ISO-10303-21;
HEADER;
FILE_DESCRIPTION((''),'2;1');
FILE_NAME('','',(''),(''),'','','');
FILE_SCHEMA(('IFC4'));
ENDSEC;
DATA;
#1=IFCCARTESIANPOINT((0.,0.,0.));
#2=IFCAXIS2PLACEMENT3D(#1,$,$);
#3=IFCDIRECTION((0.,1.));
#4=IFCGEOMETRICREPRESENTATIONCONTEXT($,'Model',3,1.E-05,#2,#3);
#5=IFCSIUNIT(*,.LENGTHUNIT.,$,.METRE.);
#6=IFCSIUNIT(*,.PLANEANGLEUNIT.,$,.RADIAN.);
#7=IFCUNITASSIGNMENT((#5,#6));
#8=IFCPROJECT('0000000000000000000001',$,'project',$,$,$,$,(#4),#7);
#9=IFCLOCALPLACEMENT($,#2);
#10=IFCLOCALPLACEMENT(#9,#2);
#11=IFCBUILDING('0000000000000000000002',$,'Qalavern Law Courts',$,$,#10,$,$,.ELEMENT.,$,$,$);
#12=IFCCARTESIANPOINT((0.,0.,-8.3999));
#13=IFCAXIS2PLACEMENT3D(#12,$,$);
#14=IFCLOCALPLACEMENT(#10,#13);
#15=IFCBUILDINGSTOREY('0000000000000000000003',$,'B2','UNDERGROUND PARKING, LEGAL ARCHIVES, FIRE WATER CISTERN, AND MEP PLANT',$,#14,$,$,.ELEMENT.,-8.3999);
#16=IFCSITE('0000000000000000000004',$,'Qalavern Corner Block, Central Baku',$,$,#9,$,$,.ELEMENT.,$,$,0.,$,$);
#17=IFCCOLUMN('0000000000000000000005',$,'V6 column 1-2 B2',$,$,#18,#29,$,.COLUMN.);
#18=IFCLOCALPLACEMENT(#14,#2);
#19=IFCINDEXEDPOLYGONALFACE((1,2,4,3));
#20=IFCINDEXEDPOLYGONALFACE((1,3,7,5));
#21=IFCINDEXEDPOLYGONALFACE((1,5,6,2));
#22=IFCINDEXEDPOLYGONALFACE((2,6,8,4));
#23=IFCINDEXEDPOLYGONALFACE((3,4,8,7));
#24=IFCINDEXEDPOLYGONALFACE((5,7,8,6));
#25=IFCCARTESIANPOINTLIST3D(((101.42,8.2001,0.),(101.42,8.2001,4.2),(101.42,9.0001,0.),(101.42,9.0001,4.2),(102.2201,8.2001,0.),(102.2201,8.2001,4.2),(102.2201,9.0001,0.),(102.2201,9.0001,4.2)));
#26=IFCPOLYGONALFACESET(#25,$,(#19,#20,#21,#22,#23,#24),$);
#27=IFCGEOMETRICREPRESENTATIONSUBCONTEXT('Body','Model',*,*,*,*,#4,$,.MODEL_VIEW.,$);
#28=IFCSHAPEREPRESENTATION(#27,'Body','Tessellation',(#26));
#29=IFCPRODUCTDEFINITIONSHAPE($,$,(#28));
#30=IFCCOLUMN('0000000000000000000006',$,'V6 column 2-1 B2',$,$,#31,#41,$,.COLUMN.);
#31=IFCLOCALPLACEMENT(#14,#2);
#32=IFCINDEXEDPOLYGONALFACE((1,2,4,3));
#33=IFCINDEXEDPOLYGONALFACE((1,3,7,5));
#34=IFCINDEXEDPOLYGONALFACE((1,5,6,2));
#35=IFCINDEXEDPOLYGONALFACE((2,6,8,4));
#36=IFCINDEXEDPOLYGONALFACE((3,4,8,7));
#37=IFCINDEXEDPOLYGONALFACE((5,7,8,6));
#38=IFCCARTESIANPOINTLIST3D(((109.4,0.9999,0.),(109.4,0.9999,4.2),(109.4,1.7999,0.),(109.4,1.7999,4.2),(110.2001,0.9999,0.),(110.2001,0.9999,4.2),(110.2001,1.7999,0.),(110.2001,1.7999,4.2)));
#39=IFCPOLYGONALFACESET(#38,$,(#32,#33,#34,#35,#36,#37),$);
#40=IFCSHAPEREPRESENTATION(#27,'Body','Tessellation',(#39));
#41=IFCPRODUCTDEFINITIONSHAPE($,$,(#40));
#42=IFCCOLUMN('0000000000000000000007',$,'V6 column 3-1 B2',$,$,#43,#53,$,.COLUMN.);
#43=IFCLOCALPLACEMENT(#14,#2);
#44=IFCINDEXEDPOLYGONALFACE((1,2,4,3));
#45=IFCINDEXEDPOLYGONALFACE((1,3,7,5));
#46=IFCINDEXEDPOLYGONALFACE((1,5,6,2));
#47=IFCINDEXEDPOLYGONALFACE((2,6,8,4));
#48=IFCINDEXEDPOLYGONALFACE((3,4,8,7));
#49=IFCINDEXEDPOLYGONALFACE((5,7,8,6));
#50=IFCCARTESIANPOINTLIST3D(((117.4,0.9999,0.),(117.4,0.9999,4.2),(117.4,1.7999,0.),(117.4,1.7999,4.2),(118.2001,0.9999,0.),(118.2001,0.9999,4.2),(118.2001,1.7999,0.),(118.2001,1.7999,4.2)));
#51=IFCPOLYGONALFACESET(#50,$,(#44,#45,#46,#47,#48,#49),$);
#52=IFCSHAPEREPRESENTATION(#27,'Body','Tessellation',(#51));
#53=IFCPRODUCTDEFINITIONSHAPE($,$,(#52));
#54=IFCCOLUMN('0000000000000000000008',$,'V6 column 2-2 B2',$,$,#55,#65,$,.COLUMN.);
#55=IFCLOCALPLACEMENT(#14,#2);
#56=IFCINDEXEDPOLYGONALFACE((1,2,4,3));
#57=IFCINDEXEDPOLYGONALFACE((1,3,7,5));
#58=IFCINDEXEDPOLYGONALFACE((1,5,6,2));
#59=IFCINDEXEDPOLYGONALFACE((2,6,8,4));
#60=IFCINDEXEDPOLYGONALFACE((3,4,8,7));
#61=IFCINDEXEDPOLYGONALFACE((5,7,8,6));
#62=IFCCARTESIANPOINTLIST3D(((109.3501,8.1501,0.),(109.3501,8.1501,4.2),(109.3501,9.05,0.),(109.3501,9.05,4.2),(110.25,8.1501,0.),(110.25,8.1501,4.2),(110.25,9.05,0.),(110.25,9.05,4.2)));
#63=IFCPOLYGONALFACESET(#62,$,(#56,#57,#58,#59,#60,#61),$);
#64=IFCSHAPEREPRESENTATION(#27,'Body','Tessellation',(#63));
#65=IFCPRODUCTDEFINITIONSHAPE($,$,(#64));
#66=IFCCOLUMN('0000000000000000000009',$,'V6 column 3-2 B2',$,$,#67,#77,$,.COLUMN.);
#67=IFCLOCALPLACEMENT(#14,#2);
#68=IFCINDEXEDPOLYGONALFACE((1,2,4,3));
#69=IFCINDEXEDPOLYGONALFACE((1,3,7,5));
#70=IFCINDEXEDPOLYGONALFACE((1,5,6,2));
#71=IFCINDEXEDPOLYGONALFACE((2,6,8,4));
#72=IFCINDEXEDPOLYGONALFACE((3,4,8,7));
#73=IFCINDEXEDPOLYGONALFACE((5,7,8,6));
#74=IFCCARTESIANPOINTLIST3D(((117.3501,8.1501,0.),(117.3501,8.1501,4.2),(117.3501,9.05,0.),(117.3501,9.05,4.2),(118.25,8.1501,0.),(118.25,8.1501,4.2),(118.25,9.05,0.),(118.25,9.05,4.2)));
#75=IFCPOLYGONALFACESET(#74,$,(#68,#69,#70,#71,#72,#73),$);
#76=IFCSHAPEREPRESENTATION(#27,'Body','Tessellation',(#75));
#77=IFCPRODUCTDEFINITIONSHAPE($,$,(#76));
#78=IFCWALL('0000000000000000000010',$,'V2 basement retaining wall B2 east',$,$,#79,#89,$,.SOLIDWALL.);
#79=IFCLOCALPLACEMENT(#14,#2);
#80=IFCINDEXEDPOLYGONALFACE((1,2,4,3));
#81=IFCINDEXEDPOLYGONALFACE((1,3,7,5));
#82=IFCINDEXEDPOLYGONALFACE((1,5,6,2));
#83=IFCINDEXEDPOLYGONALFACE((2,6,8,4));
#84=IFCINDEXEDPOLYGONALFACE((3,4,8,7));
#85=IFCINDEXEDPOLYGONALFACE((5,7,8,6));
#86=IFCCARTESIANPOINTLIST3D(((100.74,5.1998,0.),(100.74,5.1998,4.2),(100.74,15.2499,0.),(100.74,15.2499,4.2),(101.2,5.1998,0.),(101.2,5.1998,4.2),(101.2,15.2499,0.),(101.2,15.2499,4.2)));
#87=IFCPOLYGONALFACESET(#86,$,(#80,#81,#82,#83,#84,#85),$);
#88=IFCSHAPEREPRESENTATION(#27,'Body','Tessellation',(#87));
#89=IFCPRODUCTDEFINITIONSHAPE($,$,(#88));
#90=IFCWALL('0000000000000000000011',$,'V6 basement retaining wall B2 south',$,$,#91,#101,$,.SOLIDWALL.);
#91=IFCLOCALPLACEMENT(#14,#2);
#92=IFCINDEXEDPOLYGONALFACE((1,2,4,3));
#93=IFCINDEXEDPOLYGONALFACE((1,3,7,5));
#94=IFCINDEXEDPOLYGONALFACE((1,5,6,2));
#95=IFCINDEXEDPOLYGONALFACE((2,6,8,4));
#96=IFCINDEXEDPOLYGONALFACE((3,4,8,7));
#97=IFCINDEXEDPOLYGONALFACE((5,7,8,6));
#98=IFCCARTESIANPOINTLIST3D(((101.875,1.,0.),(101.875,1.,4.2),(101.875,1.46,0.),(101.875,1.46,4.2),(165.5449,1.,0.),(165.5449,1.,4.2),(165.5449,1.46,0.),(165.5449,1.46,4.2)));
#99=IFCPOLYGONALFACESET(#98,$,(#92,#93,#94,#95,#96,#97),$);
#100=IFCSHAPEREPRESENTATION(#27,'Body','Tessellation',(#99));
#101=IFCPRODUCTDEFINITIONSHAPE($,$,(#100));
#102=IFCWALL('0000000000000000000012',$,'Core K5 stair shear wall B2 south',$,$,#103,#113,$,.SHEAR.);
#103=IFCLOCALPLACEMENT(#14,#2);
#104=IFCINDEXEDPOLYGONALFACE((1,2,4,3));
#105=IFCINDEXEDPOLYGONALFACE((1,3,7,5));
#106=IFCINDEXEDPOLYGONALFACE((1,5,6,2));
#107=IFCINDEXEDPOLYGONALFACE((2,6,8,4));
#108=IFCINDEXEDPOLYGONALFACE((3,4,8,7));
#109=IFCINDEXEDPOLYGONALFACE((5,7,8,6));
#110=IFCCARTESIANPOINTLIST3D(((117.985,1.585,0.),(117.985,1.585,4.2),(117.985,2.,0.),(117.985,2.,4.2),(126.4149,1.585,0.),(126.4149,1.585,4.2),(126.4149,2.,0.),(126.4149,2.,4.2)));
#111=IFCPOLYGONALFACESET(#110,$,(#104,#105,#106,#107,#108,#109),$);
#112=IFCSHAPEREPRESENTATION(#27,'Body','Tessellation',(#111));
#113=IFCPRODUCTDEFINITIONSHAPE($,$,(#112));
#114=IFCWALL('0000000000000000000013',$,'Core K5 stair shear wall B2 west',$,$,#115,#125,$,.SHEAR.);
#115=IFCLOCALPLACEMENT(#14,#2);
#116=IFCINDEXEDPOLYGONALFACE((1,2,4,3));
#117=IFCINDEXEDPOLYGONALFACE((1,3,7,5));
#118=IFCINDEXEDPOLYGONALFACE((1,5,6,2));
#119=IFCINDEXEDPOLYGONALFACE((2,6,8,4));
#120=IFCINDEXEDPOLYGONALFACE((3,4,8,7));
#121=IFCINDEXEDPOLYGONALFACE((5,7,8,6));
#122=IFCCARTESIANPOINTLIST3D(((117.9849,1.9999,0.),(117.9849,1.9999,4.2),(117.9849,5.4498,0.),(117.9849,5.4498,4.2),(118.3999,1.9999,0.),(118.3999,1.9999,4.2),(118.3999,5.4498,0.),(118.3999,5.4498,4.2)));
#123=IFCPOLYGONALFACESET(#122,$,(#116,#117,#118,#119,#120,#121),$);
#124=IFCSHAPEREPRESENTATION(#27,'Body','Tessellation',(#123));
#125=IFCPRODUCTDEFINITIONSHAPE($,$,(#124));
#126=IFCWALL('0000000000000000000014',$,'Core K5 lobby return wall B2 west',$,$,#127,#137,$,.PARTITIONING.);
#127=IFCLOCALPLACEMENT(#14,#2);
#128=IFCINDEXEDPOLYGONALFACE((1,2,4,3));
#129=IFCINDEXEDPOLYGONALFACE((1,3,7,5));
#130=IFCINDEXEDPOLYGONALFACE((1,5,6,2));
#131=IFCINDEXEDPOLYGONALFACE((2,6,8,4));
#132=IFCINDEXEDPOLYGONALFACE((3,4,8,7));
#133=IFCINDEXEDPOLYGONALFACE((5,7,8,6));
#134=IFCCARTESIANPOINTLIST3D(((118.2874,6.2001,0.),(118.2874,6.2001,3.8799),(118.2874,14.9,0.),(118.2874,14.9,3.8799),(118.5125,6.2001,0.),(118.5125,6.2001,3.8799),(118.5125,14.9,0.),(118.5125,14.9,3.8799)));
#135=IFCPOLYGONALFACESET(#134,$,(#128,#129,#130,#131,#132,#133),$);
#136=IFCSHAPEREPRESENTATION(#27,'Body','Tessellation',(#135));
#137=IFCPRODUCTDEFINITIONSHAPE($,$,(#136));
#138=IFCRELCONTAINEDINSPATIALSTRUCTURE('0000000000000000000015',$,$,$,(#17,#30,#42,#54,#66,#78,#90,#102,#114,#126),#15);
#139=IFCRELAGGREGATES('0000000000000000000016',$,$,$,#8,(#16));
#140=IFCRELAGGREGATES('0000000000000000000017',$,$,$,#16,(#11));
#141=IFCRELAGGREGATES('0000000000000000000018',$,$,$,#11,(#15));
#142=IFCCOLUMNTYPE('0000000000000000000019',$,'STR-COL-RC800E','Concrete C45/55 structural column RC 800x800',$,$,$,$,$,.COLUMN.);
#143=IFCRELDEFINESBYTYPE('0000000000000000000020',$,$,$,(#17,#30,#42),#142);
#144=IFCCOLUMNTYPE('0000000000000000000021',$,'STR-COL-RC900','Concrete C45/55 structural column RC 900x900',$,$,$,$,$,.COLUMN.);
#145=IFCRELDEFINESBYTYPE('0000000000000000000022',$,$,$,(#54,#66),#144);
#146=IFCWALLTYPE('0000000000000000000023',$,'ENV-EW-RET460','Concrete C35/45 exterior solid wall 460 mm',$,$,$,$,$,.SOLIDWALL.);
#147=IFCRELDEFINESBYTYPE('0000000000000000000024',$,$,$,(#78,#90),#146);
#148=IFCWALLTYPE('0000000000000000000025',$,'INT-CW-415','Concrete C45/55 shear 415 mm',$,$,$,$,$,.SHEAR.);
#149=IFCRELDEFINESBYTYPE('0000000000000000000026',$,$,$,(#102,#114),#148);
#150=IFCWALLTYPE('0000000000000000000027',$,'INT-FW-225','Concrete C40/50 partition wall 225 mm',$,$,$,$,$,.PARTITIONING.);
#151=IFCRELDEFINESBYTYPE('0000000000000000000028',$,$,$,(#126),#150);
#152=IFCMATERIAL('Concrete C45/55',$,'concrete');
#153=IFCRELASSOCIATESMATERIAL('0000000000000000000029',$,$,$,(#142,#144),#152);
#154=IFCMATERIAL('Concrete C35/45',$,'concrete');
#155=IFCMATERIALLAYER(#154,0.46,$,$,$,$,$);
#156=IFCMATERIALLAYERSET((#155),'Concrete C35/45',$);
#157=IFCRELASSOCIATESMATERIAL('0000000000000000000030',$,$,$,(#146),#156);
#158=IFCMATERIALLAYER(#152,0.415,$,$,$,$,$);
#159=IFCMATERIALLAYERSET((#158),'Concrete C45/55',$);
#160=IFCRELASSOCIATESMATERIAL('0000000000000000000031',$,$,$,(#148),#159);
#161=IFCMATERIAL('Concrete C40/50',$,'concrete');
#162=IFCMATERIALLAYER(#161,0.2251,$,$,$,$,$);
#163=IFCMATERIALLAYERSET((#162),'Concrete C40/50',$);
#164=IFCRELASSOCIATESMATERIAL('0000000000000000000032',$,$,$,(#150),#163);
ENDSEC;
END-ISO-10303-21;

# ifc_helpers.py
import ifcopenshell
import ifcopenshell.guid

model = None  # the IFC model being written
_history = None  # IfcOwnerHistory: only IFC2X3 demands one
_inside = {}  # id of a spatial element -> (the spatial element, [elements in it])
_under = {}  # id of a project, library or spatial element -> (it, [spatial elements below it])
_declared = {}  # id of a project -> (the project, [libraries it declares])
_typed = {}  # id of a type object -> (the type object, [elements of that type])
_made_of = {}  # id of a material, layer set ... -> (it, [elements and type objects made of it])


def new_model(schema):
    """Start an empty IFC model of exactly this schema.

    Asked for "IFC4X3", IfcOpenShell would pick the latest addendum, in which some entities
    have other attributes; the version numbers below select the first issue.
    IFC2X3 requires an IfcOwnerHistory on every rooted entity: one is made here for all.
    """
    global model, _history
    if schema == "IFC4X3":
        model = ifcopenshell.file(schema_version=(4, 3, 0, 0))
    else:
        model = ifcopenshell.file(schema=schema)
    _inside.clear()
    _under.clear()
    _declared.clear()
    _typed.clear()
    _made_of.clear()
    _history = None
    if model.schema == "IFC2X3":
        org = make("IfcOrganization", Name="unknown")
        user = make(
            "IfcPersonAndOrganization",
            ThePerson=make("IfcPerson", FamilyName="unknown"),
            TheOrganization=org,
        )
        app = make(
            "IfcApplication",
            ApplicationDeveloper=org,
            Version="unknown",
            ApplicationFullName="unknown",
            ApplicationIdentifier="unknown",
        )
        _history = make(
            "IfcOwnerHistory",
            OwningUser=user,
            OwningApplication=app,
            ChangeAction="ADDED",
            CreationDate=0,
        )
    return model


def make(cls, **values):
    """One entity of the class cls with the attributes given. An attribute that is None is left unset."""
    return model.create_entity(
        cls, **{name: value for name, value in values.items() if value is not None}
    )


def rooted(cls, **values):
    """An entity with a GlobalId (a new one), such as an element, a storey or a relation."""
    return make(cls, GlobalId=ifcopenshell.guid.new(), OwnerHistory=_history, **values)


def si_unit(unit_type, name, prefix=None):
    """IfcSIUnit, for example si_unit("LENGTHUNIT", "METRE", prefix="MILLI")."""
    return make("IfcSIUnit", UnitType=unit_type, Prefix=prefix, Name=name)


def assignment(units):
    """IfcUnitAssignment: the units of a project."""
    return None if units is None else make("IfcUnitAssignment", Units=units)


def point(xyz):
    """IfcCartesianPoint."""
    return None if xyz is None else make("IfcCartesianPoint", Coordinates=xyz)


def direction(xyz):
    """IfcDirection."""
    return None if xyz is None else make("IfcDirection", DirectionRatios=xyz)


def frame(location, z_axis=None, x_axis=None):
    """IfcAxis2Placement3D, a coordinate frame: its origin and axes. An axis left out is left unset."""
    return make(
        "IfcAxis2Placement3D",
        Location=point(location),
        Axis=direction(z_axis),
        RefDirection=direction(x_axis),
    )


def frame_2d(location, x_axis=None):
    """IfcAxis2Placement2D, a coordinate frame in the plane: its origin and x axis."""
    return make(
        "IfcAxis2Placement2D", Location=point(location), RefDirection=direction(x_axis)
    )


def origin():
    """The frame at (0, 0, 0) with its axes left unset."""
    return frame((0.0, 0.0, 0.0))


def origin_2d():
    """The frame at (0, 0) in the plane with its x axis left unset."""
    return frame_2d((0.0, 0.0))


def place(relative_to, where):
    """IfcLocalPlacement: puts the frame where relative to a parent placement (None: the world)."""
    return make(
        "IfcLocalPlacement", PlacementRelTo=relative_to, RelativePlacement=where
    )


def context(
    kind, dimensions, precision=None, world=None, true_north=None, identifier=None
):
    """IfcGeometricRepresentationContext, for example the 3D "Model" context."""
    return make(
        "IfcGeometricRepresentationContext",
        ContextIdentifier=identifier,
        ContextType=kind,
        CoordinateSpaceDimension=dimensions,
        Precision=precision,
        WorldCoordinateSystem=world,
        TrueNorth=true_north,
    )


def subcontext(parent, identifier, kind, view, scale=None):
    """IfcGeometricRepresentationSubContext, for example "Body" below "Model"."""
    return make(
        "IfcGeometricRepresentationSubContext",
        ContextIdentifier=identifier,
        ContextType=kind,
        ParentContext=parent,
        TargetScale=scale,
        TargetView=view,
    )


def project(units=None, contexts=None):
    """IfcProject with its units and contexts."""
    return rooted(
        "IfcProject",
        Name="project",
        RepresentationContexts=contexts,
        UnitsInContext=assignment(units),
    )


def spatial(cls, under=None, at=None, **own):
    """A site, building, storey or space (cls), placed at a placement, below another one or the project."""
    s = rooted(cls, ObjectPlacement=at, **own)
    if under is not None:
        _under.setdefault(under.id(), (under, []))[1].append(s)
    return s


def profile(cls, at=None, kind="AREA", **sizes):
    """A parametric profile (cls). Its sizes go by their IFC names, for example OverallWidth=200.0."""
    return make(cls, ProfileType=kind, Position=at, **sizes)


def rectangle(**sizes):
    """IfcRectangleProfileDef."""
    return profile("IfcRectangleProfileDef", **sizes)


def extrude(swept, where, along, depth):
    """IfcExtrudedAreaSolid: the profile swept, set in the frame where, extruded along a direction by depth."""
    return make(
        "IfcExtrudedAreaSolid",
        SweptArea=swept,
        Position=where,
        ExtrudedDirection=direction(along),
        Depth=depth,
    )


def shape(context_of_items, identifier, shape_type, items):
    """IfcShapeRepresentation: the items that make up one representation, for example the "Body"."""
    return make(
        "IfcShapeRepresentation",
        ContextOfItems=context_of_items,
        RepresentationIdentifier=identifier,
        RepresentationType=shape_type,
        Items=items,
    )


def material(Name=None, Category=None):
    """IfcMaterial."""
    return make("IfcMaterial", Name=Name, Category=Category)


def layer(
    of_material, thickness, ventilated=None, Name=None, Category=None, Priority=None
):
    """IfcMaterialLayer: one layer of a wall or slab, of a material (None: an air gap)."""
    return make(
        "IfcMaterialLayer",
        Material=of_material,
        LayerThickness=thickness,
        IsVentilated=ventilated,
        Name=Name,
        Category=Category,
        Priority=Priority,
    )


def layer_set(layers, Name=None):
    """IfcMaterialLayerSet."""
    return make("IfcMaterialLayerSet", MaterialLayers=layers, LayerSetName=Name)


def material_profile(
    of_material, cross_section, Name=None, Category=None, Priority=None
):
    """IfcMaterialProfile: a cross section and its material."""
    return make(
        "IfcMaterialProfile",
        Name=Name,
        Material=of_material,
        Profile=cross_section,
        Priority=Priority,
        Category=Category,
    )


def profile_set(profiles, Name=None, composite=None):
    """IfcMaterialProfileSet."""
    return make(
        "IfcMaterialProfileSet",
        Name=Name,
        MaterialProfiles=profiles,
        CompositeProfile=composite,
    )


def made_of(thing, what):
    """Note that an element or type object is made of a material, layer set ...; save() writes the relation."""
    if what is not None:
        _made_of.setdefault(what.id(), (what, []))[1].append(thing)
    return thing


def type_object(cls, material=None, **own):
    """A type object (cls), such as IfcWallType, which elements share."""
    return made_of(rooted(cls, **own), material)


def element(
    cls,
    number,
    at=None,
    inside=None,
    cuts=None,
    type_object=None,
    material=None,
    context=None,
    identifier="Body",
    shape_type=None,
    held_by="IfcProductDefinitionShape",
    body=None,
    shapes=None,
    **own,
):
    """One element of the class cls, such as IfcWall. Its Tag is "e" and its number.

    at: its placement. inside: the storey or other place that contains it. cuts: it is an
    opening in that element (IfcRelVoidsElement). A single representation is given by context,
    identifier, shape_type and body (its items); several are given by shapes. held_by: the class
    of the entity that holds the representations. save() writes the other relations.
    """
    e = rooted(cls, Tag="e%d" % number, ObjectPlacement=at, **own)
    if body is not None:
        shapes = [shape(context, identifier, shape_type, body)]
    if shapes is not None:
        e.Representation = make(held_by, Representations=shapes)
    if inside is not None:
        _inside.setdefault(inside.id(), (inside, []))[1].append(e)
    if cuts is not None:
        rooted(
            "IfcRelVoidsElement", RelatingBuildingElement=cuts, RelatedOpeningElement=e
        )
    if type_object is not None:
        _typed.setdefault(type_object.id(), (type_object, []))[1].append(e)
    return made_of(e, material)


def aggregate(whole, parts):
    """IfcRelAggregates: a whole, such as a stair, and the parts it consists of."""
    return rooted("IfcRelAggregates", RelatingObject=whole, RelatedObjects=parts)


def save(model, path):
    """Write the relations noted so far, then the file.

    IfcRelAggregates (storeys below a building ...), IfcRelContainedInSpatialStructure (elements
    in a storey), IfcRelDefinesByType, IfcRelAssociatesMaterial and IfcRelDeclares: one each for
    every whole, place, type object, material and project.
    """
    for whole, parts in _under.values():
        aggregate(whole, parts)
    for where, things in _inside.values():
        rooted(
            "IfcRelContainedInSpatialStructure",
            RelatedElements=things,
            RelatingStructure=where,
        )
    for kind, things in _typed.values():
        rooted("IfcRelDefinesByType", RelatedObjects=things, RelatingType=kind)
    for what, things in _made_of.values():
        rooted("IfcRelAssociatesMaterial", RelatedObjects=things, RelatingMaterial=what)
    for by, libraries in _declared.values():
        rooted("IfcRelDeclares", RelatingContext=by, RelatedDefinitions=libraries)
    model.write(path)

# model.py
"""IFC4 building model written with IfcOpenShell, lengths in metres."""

from ifc_helpers import new_model, si_unit, direction, frame, frame_2d, origin, origin_2d, place, context, subcontext, project, spatial, rectangle, extrude, material, layer, layer_set, material_profile, profile_set, type_object, element, save


model = new_model("IFC4")

# Units and contexts
model_context = context("Model", 3, precision=1e-05, world=origin(), true_north=direction((0.0, 1.0)))
body_context = subcontext(model_context, "Body", "Model", "MODEL_VIEW")
ifc_project = project(units=[si_unit("LENGTHUNIT", "METRE"), si_unit("PLANEANGLEUNIT", "RADIAN")], contexts=[model_context])

# Site, building, storey
site_placement = place(None, origin())
site = spatial("IfcSite", under=ifc_project, at=site_placement, Name="Qalavern Corner Block, Central Baku", CompositionType="ELEMENT", RefElevation=0.0)
building_placement = place(site_placement, origin())
building = spatial("IfcBuilding", under=site, at=building_placement, Name="Qalavern Law Courts", CompositionType="ELEMENT")
storey_placement = place(building_placement, frame((0.0, 0.0, -8.3999)))
storey = spatial("IfcBuildingStorey", under=building, at=storey_placement, Name="B2", Description="UNDERGROUND PARKING, LEGAL ARCHIVES, FIRE WATER CISTERN, AND MEP PLANT", CompositionType="ELEMENT", Elevation=-8.3999)

# Shared definitions
ifc_material_1 = material(Name="Concrete C35/45", Category="concrete")

# Columns
ifc_material_2 = material(Name="Concrete C45/55", Category="concrete")
ifc_material_profile_1 = material_profile(ifc_material_2, rectangle(XDim=0.8, YDim=0.8, at=origin_2d()), Name="RC 800x800")
ifc_profile_set_1 = profile_set([ifc_material_profile_1], Name="Concrete C45/55")
column_type_1 = type_object("IfcColumnType", Name="STR-COL-RC800E", Description="Concrete C45/55 structural column RC 800x800", PredefinedType="COLUMN", material=ifc_profile_set_1)
for number, where, z_axis, x_axis, name in (
    (1, (101.8201, 8.6001, 0.0), (0.0, 0.0, 1.0), (1.0, 0.0, 0.0), "V6 column 1-2 B2"),
    (2, (109.8, 1.3999, 0.0), (0.0, 0.0, 1.0), (1.0, 0.0, 0.0), "V6 column 2-1 B2"),
    (3, (117.8, 1.3999, 0.0), (0.0, 0.0, 1.0), (1.0, 0.0, 0.0), "V6 column 3-1 B2"),
):
    element("IfcColumn", number, at=place(storey_placement, frame(where, z_axis=z_axis, x_axis=x_axis)), inside=storey, type_object=column_type_1, Name=name, PredefinedType="COLUMN", context=body_context, shape_type="SweptSolid", body=[
        extrude(rectangle(XDim=0.8, YDim=0.8, at=origin_2d()), origin(), (0.0, 0.0, 1.0), 4.2),
    ])
ifc_material_profile_2 = material_profile(ifc_material_2, rectangle(XDim=0.8999, YDim=0.8999, at=origin_2d()), Name="RC 900x900")
ifc_profile_set_2 = profile_set([ifc_material_profile_2], Name="Concrete C45/55")
column_type_2 = type_object("IfcColumnType", Name="STR-COL-RC900", Description="Concrete C45/55 structural column RC 900x900", PredefinedType="COLUMN", material=ifc_profile_set_2)
for number, where, z_axis, x_axis, name in (
    (4, (109.8, 8.6001, 0.0), (0.0, 0.0, 1.0), (1.0, 0.0, 0.0), "V6 column 2-2 B2"),
    (5, (117.8, 8.6001, 0.0), (0.0, 0.0, 1.0), (1.0, 0.0, 0.0), "V6 column 3-2 B2"),
):
    element("IfcColumn", number, at=place(storey_placement, frame(where, z_axis=z_axis, x_axis=x_axis)), inside=storey, type_object=column_type_2, Name=name, PredefinedType="COLUMN", context=body_context, shape_type="SweptSolid", body=[
        extrude(rectangle(XDim=0.8999, YDim=0.8999, at=origin_2d()), origin(), (0.0, 0.0, 1.0), 4.2),
    ])

# Walls
ifc_layer_1 = layer(ifc_material_1, 0.46)
ifc_layer_set_1 = layer_set([ifc_layer_1], Name="Concrete C35/45")
wall_type_1 = type_object("IfcWallType", Name="ENV-EW-RET460", Description="Concrete C35/45 exterior solid wall 460 mm", PredefinedType="SOLIDWALL", material=ifc_layer_set_1)
wall_1_placement = place(storey_placement, frame((100.97, 5.2, 0.0), z_axis=(0.0, 0.0, 1.0), x_axis=(0.0, 1.0, 0.0)))
element("IfcWall", 6, at=wall_1_placement, inside=storey, type_object=wall_type_1, Name="V2 basement retaining wall B2 east", PredefinedType="SOLIDWALL", context=body_context, shape_type="SweptSolid", body=[
    extrude(rectangle(XDim=10.05, YDim=0.46, at=frame_2d((5.0249, 0.0))), origin(), (0.0, 0.0, 1.0), 4.2),
])
wall_2_placement = place(storey_placement, frame((101.875, 1.23, 0.0), z_axis=(0.0, 0.0, 1.0), x_axis=(1.0, 0.0, 0.0)))
element("IfcWall", 7, at=wall_2_placement, inside=storey, type_object=wall_type_1, Name="V6 basement retaining wall B2 south", PredefinedType="SOLIDWALL", context=body_context, shape_type="SweptSolid", body=[
    extrude(rectangle(XDim=63.6699, YDim=0.46, at=frame_2d((31.835, 0.0))), origin(), (0.0, 0.0, 1.0), 4.2),
])
ifc_layer_2 = layer(ifc_material_2, 0.415)
ifc_layer_set_2 = layer_set([ifc_layer_2], Name="Concrete C45/55")
wall_type_2 = type_object("IfcWallType", Name="INT-CW-415", Description="Concrete C45/55 shear 415 mm", PredefinedType="SHEAR", material=ifc_layer_set_2)
wall_3_placement = place(storey_placement, frame((117.9851, 1.7925, 0.0), z_axis=(0.0, 0.0, 1.0), x_axis=(1.0, 0.0, 0.0)))
element("IfcWall", 8, at=wall_3_placement, inside=storey, type_object=wall_type_2, Name="Core K5 stair shear wall B2 south", PredefinedType="SHEAR", context=body_context, shape_type="SweptSolid", body=[
    extrude(rectangle(XDim=8.4299, YDim=0.415, at=frame_2d((4.2148, 0.0))), origin(), (0.0, 0.0, 1.0), 4.2),
])
wall_4_placement = place(storey_placement, frame((118.1924, 5.45, 0.0), z_axis=(0.0, 0.0, 1.0), x_axis=(0.0, -1.0, 0.0)))
element("IfcWall", 9, at=wall_4_placement, inside=storey, type_object=wall_type_2, Name="Core K5 stair shear wall B2 west", PredefinedType="SHEAR", context=body_context, shape_type="SweptSolid", body=[
    extrude(rectangle(XDim=3.45, YDim=0.415, at=frame_2d((1.7251, 0.0))), origin(), (0.0, 0.0, 1.0), 4.2),
])
ifc_material_3 = material(Name="Concrete C40/50", Category="concrete")
ifc_layer_3 = layer(ifc_material_3, 0.2251)
ifc_layer_set_3 = layer_set([ifc_layer_3], Name="Concrete C40/50")
wall_type_3 = type_object("IfcWallType", Name="INT-FW-225", Description="Concrete C40/50 partition wall 225 mm", PredefinedType="PARTITIONING", material=ifc_layer_set_3)
wall_5_placement = place(storey_placement, frame((118.3999, 6.2, 0.0), z_axis=(0.0, 0.0, 1.0), x_axis=(0.0, 1.0, 0.0)))
element("IfcWall", 10, at=wall_5_placement, inside=storey, type_object=wall_type_3, Name="Core K5 lobby return wall B2 west", PredefinedType="PARTITIONING", context=body_context, shape_type="SweptSolid", body=[
    extrude(rectangle(XDim=8.7, YDim=0.2251, at=frame_2d((4.3501, 0.0))), origin(), (0.0, 0.0, 1.0), 3.8799),
])

save(model, "model.ifc")
